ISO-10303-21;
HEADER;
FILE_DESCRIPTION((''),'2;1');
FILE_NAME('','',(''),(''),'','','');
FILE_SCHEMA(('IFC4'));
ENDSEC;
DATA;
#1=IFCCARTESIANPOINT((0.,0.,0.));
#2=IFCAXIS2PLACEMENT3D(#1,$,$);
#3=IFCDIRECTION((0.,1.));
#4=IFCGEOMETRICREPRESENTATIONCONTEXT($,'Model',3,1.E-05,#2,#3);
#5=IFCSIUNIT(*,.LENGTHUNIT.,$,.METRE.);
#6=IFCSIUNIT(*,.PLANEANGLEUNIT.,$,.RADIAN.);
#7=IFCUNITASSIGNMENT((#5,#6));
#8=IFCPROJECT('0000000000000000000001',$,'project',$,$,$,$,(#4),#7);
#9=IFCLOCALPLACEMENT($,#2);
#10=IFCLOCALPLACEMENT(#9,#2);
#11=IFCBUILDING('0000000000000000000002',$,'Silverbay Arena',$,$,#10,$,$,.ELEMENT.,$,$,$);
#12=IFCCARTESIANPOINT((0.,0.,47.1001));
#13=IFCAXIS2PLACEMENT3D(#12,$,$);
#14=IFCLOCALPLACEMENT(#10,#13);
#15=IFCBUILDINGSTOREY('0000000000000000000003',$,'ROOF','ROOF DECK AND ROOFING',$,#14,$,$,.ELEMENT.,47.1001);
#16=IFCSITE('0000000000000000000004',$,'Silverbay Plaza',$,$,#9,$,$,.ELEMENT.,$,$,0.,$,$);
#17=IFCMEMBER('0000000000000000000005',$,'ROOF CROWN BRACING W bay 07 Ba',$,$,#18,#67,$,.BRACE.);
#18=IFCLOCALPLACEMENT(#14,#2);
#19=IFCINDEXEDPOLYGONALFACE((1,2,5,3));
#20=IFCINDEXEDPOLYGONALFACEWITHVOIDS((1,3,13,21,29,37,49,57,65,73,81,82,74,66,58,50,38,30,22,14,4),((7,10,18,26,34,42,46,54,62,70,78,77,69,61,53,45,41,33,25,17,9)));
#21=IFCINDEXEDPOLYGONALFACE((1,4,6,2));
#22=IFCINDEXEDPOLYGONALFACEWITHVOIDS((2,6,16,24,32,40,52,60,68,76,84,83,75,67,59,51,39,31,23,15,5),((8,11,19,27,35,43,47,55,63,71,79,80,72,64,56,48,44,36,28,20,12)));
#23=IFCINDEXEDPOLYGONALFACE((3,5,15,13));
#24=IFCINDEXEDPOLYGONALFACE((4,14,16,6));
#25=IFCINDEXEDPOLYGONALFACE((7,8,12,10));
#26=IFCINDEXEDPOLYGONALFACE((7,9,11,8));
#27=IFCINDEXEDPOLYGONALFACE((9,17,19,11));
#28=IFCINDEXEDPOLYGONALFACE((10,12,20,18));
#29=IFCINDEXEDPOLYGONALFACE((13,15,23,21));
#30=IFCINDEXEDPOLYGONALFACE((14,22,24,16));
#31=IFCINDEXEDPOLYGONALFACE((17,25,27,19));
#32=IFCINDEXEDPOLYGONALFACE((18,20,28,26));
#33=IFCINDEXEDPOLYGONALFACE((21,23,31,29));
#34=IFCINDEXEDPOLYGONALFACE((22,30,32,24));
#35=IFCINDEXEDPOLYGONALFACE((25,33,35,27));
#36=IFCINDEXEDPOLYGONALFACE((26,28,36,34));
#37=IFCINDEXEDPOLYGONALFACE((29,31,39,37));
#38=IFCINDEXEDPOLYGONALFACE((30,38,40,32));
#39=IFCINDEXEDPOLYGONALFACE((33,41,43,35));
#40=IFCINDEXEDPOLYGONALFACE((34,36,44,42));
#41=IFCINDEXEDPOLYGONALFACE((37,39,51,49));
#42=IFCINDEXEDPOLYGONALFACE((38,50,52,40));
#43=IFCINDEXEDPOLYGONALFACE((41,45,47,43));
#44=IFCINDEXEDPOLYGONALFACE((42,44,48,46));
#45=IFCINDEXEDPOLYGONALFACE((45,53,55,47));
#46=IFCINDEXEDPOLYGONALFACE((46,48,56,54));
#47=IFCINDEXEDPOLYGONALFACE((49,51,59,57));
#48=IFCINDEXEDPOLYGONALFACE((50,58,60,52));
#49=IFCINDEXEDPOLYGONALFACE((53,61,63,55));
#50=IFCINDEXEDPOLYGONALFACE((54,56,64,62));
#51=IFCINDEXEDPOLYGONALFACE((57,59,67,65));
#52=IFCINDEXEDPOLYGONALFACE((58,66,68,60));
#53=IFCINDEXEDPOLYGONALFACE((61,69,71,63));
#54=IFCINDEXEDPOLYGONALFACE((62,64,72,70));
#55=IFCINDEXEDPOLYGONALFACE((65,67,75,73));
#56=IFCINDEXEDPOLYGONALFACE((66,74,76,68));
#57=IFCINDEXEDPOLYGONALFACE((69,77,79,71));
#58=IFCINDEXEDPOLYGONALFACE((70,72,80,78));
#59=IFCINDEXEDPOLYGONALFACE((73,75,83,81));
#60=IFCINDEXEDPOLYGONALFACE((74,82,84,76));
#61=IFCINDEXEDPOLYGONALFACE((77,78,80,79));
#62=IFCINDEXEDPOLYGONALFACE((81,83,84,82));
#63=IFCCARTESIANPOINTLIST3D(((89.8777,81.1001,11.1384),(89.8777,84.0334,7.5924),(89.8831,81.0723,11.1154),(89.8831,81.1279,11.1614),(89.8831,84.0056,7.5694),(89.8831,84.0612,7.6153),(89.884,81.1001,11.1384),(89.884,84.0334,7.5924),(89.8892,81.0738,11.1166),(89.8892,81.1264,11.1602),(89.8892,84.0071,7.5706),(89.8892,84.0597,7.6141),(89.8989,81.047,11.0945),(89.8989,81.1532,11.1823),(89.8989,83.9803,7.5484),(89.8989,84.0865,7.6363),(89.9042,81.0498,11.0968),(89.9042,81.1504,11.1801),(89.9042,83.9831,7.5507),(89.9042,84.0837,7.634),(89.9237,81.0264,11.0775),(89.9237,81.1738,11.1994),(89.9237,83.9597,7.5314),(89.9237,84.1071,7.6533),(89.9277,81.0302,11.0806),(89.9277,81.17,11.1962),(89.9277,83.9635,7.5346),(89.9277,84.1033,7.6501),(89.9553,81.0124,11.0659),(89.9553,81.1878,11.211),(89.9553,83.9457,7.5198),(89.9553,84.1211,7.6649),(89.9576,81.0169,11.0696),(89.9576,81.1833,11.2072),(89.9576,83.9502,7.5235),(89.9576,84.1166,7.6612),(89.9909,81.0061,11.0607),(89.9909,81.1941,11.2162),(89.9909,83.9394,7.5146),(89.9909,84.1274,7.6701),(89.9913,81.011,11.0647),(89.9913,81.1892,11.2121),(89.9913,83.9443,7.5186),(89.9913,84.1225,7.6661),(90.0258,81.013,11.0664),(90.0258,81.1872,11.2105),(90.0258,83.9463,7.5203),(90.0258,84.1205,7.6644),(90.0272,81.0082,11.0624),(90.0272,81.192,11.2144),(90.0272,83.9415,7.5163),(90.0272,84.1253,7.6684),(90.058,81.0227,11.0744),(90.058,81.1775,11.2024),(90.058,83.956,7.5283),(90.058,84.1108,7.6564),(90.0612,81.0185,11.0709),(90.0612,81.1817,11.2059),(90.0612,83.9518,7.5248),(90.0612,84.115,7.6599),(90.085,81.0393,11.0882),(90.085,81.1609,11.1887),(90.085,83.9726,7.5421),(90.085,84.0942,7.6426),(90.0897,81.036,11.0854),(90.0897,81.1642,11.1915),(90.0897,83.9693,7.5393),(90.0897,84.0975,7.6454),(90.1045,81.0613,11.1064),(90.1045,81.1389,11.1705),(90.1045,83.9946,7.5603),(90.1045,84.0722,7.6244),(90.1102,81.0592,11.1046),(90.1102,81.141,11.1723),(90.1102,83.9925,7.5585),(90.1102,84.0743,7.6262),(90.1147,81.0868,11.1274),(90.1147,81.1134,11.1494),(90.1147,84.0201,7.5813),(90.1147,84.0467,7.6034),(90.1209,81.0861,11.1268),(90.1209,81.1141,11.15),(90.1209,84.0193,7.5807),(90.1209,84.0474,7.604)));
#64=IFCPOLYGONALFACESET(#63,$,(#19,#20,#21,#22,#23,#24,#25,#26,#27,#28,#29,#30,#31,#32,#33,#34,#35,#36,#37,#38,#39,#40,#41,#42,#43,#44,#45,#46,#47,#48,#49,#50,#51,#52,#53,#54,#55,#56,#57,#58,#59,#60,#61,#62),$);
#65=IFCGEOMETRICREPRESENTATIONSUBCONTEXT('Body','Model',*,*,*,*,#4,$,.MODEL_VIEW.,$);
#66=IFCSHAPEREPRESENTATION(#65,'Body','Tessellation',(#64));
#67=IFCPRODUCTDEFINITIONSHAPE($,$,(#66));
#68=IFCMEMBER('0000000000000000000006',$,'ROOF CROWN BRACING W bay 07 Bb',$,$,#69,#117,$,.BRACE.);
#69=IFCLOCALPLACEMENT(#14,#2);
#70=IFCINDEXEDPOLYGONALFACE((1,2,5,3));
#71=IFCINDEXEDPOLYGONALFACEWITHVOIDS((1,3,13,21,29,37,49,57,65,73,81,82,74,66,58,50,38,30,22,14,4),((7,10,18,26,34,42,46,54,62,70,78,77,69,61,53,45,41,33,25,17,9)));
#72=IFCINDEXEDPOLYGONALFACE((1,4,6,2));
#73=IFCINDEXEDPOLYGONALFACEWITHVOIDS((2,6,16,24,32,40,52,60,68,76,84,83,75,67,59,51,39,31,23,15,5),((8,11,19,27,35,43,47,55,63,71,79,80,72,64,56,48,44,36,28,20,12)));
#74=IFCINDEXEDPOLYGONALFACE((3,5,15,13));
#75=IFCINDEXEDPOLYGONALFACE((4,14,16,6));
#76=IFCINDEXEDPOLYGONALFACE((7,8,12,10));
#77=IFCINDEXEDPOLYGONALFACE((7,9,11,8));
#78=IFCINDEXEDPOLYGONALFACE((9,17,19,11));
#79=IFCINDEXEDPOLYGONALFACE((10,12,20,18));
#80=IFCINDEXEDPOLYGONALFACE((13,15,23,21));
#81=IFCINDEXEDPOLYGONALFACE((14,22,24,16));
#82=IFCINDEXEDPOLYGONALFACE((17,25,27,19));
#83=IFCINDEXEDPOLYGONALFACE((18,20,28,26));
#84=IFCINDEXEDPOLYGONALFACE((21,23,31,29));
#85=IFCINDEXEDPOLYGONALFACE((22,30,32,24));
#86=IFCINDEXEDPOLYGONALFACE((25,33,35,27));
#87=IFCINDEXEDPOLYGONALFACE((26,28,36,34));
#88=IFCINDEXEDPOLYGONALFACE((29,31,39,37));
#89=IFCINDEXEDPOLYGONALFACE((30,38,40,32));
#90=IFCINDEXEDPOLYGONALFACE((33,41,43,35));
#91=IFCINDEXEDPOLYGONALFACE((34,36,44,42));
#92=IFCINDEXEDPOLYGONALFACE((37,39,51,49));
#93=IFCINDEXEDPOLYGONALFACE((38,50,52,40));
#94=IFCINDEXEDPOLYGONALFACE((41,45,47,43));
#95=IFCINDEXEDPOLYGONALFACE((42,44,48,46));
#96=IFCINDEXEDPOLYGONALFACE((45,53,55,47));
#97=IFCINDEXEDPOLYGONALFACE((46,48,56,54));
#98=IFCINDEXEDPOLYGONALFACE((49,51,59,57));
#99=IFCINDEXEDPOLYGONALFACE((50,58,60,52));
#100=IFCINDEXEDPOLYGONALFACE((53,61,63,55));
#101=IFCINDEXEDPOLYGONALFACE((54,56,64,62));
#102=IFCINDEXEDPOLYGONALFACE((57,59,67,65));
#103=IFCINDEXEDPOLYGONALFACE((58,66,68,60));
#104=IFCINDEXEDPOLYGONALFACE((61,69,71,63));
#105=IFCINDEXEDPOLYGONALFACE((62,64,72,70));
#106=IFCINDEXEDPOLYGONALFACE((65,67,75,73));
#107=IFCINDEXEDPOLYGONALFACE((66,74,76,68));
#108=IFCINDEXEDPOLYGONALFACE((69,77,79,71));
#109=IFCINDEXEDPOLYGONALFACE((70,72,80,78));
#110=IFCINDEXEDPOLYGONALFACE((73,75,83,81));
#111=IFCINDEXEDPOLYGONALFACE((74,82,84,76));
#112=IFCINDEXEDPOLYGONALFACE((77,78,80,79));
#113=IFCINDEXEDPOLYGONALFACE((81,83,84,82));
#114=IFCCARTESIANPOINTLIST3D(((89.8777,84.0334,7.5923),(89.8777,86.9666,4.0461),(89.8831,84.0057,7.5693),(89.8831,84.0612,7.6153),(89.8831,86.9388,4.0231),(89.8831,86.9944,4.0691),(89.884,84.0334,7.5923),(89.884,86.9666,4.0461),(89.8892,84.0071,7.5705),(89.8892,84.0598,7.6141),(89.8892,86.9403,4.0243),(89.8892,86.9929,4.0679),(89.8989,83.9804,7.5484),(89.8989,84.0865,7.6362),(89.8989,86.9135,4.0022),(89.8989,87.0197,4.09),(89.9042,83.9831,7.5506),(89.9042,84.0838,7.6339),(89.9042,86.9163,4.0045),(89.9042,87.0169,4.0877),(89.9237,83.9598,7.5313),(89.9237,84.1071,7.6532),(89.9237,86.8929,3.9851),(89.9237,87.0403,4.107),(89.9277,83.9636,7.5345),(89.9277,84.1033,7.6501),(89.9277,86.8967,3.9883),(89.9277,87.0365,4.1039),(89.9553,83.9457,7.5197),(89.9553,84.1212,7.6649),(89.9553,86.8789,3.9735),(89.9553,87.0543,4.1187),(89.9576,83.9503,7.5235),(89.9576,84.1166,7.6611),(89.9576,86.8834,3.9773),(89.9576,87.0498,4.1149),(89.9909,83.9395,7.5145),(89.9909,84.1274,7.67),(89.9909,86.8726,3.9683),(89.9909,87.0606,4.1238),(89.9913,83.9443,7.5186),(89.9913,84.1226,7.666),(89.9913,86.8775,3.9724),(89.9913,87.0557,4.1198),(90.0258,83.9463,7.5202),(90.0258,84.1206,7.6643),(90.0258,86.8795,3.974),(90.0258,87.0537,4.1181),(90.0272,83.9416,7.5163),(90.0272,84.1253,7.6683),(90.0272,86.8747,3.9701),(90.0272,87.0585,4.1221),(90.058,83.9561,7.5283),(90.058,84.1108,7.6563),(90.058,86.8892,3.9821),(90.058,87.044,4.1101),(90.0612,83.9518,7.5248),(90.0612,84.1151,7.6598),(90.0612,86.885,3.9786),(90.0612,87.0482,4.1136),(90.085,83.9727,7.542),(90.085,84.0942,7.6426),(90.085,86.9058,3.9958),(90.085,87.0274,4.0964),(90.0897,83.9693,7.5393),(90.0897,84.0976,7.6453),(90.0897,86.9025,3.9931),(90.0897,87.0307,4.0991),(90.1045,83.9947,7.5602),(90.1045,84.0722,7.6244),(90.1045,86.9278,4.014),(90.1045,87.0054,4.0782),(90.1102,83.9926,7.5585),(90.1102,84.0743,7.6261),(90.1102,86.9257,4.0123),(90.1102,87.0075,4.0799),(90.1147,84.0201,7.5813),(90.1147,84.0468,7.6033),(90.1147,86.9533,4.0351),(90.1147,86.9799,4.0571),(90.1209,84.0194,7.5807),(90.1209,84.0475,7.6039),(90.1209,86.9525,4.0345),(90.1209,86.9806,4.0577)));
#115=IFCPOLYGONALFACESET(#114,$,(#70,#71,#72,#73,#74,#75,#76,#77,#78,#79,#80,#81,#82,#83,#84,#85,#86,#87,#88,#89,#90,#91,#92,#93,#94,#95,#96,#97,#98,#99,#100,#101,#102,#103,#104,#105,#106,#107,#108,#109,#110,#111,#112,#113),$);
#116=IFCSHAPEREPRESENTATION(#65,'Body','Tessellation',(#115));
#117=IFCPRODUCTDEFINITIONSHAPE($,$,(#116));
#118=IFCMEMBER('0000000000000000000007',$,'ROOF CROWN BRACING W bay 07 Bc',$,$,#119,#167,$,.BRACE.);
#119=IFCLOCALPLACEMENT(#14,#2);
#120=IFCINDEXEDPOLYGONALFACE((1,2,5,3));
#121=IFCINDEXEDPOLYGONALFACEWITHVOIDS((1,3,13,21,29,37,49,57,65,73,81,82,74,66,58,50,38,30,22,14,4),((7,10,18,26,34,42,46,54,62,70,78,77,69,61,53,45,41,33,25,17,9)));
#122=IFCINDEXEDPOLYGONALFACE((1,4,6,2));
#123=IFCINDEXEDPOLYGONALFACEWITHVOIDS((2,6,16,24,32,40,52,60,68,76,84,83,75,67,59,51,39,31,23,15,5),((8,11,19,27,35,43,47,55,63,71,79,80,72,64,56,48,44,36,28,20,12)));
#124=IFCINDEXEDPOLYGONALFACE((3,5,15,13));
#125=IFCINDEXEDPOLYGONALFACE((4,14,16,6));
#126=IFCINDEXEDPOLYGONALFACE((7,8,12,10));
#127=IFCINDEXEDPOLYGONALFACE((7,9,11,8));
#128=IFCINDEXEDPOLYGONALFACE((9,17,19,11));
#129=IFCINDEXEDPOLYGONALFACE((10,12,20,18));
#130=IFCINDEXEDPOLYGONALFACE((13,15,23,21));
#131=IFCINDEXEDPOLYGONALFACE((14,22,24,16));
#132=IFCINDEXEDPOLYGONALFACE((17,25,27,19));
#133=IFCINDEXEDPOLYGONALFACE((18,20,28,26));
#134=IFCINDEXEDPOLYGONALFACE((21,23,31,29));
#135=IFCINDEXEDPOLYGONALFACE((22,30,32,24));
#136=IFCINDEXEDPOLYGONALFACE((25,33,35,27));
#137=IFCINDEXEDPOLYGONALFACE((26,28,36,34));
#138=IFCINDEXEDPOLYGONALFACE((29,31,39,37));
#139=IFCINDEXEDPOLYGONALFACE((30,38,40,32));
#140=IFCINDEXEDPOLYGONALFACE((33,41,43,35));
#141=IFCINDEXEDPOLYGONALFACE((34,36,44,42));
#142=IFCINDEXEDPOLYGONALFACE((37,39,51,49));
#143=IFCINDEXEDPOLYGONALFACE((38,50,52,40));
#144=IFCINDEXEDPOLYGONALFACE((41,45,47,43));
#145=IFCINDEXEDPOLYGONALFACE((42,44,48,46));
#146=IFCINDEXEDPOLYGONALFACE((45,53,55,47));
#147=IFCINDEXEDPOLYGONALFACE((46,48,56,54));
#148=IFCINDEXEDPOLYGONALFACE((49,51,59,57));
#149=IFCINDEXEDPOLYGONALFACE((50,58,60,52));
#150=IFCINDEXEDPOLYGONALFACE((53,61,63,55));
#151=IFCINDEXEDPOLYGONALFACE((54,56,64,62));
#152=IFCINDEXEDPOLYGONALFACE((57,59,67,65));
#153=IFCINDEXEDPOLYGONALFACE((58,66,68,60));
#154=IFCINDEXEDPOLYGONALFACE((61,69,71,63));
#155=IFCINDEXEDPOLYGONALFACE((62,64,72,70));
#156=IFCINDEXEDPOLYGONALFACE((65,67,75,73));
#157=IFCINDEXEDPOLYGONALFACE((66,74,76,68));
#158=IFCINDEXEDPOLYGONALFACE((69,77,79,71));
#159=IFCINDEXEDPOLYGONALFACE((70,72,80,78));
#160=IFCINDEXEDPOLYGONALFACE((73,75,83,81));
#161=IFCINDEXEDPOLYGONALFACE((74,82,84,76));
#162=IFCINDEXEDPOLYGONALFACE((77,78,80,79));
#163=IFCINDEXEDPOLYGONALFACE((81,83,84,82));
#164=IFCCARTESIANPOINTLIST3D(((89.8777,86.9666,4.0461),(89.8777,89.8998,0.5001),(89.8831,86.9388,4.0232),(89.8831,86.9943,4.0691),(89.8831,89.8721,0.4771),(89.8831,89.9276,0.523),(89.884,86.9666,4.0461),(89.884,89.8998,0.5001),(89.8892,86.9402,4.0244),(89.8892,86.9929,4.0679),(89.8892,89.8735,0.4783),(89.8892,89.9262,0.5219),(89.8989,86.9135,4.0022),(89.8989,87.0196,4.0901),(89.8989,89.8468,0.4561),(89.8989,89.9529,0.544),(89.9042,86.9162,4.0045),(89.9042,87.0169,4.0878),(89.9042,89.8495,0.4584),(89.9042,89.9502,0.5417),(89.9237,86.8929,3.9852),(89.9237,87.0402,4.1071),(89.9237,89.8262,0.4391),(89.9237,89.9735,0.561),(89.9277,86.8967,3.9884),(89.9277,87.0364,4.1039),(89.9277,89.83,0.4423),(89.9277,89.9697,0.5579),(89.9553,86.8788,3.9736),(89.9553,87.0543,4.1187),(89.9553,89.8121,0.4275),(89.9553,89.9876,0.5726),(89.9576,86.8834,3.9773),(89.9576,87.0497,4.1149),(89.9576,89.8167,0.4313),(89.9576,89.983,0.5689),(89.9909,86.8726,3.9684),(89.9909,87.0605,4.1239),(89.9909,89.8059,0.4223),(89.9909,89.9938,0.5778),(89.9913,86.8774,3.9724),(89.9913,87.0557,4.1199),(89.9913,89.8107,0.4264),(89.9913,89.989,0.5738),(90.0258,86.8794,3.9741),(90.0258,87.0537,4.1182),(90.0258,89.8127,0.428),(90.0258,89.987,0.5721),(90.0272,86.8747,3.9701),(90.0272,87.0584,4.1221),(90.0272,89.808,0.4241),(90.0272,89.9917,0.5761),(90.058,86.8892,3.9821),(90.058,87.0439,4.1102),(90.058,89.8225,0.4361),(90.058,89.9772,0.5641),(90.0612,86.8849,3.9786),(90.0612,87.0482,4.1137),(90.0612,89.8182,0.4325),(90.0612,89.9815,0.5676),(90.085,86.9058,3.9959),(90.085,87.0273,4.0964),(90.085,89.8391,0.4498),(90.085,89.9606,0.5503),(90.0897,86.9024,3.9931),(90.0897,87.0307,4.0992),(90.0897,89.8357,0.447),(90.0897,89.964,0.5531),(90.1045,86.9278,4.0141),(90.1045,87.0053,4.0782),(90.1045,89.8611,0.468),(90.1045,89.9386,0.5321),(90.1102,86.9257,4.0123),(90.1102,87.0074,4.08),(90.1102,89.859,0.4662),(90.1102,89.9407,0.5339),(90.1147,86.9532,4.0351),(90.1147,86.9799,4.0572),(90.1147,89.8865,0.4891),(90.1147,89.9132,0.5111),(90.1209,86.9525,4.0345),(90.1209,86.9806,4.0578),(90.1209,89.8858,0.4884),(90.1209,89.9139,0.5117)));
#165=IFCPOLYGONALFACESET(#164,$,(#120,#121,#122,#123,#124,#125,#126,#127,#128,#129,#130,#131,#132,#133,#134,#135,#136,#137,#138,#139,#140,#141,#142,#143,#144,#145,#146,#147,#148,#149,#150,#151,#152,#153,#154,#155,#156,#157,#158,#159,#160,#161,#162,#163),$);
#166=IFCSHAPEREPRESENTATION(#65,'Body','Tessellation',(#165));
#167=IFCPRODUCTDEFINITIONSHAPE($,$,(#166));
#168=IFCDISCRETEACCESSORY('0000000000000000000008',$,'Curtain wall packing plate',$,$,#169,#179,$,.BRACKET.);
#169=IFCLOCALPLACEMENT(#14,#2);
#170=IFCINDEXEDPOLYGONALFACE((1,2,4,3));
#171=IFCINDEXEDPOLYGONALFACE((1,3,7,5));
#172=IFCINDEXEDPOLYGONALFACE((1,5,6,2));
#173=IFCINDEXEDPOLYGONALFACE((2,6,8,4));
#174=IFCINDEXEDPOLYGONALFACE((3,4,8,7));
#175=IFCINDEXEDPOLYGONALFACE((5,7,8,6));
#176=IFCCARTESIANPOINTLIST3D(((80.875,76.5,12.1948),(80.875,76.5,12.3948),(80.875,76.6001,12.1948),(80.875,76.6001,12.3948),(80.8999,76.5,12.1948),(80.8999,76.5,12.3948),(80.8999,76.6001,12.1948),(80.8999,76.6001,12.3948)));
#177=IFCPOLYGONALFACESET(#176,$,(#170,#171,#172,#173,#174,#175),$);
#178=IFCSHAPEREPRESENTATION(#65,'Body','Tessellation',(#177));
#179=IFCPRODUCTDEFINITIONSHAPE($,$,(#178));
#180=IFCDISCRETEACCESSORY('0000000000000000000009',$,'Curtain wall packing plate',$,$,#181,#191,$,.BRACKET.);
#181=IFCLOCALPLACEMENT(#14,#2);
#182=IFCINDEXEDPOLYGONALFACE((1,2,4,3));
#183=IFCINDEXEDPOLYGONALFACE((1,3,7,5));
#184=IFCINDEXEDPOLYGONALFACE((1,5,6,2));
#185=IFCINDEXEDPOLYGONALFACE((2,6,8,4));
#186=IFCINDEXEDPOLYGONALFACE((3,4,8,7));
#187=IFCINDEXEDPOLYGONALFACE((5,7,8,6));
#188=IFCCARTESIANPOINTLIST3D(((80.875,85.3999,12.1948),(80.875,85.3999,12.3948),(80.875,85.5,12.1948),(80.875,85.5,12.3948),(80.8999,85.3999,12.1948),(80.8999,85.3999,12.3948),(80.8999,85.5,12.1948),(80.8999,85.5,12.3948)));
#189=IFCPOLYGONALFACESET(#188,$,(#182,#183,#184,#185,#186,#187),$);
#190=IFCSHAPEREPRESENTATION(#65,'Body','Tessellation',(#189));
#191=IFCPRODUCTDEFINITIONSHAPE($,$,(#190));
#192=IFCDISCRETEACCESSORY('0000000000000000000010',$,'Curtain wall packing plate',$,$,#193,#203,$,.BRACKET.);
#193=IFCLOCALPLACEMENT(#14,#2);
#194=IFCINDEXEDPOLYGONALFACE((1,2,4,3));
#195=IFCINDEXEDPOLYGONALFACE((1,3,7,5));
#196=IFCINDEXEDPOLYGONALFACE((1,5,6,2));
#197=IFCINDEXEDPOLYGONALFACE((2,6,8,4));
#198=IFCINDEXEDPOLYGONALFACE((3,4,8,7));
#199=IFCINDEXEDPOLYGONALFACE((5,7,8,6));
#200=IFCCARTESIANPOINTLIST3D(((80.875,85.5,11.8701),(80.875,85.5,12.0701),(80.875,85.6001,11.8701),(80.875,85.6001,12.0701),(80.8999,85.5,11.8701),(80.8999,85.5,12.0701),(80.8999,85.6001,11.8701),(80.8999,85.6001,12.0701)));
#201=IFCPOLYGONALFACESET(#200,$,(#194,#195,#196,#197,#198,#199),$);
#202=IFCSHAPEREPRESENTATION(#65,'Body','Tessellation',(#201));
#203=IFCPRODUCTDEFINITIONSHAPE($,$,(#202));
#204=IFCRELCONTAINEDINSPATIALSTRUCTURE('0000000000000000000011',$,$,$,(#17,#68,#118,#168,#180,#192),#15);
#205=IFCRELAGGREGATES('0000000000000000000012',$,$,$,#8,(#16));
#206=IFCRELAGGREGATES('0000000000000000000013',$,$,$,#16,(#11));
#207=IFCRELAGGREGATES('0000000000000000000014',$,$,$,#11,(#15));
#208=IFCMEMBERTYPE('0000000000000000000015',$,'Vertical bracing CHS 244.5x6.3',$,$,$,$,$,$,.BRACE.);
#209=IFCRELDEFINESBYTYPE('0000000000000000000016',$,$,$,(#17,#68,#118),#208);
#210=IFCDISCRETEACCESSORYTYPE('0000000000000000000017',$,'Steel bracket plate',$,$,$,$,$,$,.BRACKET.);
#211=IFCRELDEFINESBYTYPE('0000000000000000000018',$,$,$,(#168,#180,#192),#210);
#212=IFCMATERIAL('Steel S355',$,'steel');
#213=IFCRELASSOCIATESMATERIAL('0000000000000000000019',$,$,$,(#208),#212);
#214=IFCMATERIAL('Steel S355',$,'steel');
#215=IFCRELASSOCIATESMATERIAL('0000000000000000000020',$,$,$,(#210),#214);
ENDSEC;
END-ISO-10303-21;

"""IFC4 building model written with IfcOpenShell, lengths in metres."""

from ifc_helpers import new_model, si_unit, direction, frame, origin, origin_2d, place, context, subcontext, project, spatial, rectangle, hollow_circle, extrude, material, material_profile, profile_set, type_object, element, save


model = new_model("IFC4")

# Units and contexts
model_context = context("Model", 3, precision=1e-05, world=origin(), true_north=direction((0.0, 1.0)))
body_context = subcontext(model_context, "Body", "Model", "MODEL_VIEW")
ifc_project = project(units=[si_unit("LENGTHUNIT", "METRE"), si_unit("PLANEANGLEUNIT", "RADIAN")], contexts=[model_context])

# Site, building, storey
site_placement = place(None, origin())
site = spatial("IfcSite", under=ifc_project, at=site_placement, Name="Silverbay Plaza", CompositionType="ELEMENT", RefElevation=0.0)
building_placement = place(site_placement, origin())
building = spatial("IfcBuilding", under=site, at=building_placement, Name="Silverbay Arena", CompositionType="ELEMENT")
storey_placement = place(building_placement, frame((0.0, 0.0, 47.1001)))
storey = spatial("IfcBuildingStorey", under=building, at=storey_placement, Name="ROOF", Description="ROOF DECK AND ROOFING", CompositionType="ELEMENT", Elevation=47.1001)

# Members
ifc_material_1 = material(Name="Steel S355", Category="steel")
ifc_material_profile_1 = material_profile(ifc_material_1, hollow_circle(Radius=0.1223, WallThickness=0.0063, at=origin_2d()), Name="CHS 244.5x6.3")
ifc_profile_set_1 = profile_set([ifc_material_profile_1], Name="Steel S355")
member_type_1 = type_object("IfcMemberType", Name="Vertical bracing CHS 244.5x6.3", PredefinedType="BRACE", material=ifc_profile_set_1)
for number, where, z_axis, x_axis, name in (
    (1, (90.0, 81.1001, 11.1384), (0.0, 0.637389, -0.770543), (-1.0, 0.0, 0.0), "ROOF CROWN BRACING W bay 07 Ba"),
    (2, (90.0, 84.0334, 7.5923), (0.0, 0.637357, -0.770569), (-1.0, 0.0, 0.0), "ROOF CROWN BRACING W bay 07 Bb"),
    (3, (90.0, 86.9666, 4.0461), (0.0, 0.637389, -0.770543), (-1.0, 0.0, 0.0), "ROOF CROWN BRACING W bay 07 Bc"),
):
    element("IfcMember", number, at=place(storey_placement, frame(where, z_axis=z_axis, x_axis=x_axis)), inside=storey, type_object=member_type_1, Name=name, PredefinedType="BRACE", context=body_context, shape_type="SweptSolid", body=[
        extrude(hollow_circle(Radius=0.1223, WallThickness=0.0063, at=origin_2d()), origin(), (0.0, 0.0, 1.0), 4.6021),
    ])

# Discrete accessories
ifc_material_2 = material(Name="Steel S355", Category="steel")
discrete_accessory_type = type_object("IfcDiscreteAccessoryType", Name="Steel bracket plate", PredefinedType="BRACKET", material=ifc_material_2)
for number, where, z_axis, x_axis, name in (
    (4, (80.8875, 76.55, 12.1948), (0.0, 0.0, 1.0), (1.0, 0.0, 0.0), "Curtain wall packing plate"),
    (5, (80.8875, 85.45, 12.1948), (0.0, 0.0, 1.0), (1.0, 0.0, 0.0), "Curtain wall packing plate"),
    (6, (80.8875, 85.55, 11.8701), (0.0, 0.0, 1.0), (1.0, 0.0, 0.0), "Curtain wall packing plate"),
):
    element("IfcDiscreteAccessory", number, at=place(storey_placement, frame(where, z_axis=z_axis, x_axis=x_axis)), inside=storey, type_object=discrete_accessory_type, Name=name, PredefinedType="BRACKET", context=body_context, shape_type="SweptSolid", body=[
        extrude(rectangle(XDim=0.0249, YDim=0.1001, at=origin_2d()), origin(), (0.0, 0.0, 1.0), 0.2),
    ])

save(model, "model.ifc")
